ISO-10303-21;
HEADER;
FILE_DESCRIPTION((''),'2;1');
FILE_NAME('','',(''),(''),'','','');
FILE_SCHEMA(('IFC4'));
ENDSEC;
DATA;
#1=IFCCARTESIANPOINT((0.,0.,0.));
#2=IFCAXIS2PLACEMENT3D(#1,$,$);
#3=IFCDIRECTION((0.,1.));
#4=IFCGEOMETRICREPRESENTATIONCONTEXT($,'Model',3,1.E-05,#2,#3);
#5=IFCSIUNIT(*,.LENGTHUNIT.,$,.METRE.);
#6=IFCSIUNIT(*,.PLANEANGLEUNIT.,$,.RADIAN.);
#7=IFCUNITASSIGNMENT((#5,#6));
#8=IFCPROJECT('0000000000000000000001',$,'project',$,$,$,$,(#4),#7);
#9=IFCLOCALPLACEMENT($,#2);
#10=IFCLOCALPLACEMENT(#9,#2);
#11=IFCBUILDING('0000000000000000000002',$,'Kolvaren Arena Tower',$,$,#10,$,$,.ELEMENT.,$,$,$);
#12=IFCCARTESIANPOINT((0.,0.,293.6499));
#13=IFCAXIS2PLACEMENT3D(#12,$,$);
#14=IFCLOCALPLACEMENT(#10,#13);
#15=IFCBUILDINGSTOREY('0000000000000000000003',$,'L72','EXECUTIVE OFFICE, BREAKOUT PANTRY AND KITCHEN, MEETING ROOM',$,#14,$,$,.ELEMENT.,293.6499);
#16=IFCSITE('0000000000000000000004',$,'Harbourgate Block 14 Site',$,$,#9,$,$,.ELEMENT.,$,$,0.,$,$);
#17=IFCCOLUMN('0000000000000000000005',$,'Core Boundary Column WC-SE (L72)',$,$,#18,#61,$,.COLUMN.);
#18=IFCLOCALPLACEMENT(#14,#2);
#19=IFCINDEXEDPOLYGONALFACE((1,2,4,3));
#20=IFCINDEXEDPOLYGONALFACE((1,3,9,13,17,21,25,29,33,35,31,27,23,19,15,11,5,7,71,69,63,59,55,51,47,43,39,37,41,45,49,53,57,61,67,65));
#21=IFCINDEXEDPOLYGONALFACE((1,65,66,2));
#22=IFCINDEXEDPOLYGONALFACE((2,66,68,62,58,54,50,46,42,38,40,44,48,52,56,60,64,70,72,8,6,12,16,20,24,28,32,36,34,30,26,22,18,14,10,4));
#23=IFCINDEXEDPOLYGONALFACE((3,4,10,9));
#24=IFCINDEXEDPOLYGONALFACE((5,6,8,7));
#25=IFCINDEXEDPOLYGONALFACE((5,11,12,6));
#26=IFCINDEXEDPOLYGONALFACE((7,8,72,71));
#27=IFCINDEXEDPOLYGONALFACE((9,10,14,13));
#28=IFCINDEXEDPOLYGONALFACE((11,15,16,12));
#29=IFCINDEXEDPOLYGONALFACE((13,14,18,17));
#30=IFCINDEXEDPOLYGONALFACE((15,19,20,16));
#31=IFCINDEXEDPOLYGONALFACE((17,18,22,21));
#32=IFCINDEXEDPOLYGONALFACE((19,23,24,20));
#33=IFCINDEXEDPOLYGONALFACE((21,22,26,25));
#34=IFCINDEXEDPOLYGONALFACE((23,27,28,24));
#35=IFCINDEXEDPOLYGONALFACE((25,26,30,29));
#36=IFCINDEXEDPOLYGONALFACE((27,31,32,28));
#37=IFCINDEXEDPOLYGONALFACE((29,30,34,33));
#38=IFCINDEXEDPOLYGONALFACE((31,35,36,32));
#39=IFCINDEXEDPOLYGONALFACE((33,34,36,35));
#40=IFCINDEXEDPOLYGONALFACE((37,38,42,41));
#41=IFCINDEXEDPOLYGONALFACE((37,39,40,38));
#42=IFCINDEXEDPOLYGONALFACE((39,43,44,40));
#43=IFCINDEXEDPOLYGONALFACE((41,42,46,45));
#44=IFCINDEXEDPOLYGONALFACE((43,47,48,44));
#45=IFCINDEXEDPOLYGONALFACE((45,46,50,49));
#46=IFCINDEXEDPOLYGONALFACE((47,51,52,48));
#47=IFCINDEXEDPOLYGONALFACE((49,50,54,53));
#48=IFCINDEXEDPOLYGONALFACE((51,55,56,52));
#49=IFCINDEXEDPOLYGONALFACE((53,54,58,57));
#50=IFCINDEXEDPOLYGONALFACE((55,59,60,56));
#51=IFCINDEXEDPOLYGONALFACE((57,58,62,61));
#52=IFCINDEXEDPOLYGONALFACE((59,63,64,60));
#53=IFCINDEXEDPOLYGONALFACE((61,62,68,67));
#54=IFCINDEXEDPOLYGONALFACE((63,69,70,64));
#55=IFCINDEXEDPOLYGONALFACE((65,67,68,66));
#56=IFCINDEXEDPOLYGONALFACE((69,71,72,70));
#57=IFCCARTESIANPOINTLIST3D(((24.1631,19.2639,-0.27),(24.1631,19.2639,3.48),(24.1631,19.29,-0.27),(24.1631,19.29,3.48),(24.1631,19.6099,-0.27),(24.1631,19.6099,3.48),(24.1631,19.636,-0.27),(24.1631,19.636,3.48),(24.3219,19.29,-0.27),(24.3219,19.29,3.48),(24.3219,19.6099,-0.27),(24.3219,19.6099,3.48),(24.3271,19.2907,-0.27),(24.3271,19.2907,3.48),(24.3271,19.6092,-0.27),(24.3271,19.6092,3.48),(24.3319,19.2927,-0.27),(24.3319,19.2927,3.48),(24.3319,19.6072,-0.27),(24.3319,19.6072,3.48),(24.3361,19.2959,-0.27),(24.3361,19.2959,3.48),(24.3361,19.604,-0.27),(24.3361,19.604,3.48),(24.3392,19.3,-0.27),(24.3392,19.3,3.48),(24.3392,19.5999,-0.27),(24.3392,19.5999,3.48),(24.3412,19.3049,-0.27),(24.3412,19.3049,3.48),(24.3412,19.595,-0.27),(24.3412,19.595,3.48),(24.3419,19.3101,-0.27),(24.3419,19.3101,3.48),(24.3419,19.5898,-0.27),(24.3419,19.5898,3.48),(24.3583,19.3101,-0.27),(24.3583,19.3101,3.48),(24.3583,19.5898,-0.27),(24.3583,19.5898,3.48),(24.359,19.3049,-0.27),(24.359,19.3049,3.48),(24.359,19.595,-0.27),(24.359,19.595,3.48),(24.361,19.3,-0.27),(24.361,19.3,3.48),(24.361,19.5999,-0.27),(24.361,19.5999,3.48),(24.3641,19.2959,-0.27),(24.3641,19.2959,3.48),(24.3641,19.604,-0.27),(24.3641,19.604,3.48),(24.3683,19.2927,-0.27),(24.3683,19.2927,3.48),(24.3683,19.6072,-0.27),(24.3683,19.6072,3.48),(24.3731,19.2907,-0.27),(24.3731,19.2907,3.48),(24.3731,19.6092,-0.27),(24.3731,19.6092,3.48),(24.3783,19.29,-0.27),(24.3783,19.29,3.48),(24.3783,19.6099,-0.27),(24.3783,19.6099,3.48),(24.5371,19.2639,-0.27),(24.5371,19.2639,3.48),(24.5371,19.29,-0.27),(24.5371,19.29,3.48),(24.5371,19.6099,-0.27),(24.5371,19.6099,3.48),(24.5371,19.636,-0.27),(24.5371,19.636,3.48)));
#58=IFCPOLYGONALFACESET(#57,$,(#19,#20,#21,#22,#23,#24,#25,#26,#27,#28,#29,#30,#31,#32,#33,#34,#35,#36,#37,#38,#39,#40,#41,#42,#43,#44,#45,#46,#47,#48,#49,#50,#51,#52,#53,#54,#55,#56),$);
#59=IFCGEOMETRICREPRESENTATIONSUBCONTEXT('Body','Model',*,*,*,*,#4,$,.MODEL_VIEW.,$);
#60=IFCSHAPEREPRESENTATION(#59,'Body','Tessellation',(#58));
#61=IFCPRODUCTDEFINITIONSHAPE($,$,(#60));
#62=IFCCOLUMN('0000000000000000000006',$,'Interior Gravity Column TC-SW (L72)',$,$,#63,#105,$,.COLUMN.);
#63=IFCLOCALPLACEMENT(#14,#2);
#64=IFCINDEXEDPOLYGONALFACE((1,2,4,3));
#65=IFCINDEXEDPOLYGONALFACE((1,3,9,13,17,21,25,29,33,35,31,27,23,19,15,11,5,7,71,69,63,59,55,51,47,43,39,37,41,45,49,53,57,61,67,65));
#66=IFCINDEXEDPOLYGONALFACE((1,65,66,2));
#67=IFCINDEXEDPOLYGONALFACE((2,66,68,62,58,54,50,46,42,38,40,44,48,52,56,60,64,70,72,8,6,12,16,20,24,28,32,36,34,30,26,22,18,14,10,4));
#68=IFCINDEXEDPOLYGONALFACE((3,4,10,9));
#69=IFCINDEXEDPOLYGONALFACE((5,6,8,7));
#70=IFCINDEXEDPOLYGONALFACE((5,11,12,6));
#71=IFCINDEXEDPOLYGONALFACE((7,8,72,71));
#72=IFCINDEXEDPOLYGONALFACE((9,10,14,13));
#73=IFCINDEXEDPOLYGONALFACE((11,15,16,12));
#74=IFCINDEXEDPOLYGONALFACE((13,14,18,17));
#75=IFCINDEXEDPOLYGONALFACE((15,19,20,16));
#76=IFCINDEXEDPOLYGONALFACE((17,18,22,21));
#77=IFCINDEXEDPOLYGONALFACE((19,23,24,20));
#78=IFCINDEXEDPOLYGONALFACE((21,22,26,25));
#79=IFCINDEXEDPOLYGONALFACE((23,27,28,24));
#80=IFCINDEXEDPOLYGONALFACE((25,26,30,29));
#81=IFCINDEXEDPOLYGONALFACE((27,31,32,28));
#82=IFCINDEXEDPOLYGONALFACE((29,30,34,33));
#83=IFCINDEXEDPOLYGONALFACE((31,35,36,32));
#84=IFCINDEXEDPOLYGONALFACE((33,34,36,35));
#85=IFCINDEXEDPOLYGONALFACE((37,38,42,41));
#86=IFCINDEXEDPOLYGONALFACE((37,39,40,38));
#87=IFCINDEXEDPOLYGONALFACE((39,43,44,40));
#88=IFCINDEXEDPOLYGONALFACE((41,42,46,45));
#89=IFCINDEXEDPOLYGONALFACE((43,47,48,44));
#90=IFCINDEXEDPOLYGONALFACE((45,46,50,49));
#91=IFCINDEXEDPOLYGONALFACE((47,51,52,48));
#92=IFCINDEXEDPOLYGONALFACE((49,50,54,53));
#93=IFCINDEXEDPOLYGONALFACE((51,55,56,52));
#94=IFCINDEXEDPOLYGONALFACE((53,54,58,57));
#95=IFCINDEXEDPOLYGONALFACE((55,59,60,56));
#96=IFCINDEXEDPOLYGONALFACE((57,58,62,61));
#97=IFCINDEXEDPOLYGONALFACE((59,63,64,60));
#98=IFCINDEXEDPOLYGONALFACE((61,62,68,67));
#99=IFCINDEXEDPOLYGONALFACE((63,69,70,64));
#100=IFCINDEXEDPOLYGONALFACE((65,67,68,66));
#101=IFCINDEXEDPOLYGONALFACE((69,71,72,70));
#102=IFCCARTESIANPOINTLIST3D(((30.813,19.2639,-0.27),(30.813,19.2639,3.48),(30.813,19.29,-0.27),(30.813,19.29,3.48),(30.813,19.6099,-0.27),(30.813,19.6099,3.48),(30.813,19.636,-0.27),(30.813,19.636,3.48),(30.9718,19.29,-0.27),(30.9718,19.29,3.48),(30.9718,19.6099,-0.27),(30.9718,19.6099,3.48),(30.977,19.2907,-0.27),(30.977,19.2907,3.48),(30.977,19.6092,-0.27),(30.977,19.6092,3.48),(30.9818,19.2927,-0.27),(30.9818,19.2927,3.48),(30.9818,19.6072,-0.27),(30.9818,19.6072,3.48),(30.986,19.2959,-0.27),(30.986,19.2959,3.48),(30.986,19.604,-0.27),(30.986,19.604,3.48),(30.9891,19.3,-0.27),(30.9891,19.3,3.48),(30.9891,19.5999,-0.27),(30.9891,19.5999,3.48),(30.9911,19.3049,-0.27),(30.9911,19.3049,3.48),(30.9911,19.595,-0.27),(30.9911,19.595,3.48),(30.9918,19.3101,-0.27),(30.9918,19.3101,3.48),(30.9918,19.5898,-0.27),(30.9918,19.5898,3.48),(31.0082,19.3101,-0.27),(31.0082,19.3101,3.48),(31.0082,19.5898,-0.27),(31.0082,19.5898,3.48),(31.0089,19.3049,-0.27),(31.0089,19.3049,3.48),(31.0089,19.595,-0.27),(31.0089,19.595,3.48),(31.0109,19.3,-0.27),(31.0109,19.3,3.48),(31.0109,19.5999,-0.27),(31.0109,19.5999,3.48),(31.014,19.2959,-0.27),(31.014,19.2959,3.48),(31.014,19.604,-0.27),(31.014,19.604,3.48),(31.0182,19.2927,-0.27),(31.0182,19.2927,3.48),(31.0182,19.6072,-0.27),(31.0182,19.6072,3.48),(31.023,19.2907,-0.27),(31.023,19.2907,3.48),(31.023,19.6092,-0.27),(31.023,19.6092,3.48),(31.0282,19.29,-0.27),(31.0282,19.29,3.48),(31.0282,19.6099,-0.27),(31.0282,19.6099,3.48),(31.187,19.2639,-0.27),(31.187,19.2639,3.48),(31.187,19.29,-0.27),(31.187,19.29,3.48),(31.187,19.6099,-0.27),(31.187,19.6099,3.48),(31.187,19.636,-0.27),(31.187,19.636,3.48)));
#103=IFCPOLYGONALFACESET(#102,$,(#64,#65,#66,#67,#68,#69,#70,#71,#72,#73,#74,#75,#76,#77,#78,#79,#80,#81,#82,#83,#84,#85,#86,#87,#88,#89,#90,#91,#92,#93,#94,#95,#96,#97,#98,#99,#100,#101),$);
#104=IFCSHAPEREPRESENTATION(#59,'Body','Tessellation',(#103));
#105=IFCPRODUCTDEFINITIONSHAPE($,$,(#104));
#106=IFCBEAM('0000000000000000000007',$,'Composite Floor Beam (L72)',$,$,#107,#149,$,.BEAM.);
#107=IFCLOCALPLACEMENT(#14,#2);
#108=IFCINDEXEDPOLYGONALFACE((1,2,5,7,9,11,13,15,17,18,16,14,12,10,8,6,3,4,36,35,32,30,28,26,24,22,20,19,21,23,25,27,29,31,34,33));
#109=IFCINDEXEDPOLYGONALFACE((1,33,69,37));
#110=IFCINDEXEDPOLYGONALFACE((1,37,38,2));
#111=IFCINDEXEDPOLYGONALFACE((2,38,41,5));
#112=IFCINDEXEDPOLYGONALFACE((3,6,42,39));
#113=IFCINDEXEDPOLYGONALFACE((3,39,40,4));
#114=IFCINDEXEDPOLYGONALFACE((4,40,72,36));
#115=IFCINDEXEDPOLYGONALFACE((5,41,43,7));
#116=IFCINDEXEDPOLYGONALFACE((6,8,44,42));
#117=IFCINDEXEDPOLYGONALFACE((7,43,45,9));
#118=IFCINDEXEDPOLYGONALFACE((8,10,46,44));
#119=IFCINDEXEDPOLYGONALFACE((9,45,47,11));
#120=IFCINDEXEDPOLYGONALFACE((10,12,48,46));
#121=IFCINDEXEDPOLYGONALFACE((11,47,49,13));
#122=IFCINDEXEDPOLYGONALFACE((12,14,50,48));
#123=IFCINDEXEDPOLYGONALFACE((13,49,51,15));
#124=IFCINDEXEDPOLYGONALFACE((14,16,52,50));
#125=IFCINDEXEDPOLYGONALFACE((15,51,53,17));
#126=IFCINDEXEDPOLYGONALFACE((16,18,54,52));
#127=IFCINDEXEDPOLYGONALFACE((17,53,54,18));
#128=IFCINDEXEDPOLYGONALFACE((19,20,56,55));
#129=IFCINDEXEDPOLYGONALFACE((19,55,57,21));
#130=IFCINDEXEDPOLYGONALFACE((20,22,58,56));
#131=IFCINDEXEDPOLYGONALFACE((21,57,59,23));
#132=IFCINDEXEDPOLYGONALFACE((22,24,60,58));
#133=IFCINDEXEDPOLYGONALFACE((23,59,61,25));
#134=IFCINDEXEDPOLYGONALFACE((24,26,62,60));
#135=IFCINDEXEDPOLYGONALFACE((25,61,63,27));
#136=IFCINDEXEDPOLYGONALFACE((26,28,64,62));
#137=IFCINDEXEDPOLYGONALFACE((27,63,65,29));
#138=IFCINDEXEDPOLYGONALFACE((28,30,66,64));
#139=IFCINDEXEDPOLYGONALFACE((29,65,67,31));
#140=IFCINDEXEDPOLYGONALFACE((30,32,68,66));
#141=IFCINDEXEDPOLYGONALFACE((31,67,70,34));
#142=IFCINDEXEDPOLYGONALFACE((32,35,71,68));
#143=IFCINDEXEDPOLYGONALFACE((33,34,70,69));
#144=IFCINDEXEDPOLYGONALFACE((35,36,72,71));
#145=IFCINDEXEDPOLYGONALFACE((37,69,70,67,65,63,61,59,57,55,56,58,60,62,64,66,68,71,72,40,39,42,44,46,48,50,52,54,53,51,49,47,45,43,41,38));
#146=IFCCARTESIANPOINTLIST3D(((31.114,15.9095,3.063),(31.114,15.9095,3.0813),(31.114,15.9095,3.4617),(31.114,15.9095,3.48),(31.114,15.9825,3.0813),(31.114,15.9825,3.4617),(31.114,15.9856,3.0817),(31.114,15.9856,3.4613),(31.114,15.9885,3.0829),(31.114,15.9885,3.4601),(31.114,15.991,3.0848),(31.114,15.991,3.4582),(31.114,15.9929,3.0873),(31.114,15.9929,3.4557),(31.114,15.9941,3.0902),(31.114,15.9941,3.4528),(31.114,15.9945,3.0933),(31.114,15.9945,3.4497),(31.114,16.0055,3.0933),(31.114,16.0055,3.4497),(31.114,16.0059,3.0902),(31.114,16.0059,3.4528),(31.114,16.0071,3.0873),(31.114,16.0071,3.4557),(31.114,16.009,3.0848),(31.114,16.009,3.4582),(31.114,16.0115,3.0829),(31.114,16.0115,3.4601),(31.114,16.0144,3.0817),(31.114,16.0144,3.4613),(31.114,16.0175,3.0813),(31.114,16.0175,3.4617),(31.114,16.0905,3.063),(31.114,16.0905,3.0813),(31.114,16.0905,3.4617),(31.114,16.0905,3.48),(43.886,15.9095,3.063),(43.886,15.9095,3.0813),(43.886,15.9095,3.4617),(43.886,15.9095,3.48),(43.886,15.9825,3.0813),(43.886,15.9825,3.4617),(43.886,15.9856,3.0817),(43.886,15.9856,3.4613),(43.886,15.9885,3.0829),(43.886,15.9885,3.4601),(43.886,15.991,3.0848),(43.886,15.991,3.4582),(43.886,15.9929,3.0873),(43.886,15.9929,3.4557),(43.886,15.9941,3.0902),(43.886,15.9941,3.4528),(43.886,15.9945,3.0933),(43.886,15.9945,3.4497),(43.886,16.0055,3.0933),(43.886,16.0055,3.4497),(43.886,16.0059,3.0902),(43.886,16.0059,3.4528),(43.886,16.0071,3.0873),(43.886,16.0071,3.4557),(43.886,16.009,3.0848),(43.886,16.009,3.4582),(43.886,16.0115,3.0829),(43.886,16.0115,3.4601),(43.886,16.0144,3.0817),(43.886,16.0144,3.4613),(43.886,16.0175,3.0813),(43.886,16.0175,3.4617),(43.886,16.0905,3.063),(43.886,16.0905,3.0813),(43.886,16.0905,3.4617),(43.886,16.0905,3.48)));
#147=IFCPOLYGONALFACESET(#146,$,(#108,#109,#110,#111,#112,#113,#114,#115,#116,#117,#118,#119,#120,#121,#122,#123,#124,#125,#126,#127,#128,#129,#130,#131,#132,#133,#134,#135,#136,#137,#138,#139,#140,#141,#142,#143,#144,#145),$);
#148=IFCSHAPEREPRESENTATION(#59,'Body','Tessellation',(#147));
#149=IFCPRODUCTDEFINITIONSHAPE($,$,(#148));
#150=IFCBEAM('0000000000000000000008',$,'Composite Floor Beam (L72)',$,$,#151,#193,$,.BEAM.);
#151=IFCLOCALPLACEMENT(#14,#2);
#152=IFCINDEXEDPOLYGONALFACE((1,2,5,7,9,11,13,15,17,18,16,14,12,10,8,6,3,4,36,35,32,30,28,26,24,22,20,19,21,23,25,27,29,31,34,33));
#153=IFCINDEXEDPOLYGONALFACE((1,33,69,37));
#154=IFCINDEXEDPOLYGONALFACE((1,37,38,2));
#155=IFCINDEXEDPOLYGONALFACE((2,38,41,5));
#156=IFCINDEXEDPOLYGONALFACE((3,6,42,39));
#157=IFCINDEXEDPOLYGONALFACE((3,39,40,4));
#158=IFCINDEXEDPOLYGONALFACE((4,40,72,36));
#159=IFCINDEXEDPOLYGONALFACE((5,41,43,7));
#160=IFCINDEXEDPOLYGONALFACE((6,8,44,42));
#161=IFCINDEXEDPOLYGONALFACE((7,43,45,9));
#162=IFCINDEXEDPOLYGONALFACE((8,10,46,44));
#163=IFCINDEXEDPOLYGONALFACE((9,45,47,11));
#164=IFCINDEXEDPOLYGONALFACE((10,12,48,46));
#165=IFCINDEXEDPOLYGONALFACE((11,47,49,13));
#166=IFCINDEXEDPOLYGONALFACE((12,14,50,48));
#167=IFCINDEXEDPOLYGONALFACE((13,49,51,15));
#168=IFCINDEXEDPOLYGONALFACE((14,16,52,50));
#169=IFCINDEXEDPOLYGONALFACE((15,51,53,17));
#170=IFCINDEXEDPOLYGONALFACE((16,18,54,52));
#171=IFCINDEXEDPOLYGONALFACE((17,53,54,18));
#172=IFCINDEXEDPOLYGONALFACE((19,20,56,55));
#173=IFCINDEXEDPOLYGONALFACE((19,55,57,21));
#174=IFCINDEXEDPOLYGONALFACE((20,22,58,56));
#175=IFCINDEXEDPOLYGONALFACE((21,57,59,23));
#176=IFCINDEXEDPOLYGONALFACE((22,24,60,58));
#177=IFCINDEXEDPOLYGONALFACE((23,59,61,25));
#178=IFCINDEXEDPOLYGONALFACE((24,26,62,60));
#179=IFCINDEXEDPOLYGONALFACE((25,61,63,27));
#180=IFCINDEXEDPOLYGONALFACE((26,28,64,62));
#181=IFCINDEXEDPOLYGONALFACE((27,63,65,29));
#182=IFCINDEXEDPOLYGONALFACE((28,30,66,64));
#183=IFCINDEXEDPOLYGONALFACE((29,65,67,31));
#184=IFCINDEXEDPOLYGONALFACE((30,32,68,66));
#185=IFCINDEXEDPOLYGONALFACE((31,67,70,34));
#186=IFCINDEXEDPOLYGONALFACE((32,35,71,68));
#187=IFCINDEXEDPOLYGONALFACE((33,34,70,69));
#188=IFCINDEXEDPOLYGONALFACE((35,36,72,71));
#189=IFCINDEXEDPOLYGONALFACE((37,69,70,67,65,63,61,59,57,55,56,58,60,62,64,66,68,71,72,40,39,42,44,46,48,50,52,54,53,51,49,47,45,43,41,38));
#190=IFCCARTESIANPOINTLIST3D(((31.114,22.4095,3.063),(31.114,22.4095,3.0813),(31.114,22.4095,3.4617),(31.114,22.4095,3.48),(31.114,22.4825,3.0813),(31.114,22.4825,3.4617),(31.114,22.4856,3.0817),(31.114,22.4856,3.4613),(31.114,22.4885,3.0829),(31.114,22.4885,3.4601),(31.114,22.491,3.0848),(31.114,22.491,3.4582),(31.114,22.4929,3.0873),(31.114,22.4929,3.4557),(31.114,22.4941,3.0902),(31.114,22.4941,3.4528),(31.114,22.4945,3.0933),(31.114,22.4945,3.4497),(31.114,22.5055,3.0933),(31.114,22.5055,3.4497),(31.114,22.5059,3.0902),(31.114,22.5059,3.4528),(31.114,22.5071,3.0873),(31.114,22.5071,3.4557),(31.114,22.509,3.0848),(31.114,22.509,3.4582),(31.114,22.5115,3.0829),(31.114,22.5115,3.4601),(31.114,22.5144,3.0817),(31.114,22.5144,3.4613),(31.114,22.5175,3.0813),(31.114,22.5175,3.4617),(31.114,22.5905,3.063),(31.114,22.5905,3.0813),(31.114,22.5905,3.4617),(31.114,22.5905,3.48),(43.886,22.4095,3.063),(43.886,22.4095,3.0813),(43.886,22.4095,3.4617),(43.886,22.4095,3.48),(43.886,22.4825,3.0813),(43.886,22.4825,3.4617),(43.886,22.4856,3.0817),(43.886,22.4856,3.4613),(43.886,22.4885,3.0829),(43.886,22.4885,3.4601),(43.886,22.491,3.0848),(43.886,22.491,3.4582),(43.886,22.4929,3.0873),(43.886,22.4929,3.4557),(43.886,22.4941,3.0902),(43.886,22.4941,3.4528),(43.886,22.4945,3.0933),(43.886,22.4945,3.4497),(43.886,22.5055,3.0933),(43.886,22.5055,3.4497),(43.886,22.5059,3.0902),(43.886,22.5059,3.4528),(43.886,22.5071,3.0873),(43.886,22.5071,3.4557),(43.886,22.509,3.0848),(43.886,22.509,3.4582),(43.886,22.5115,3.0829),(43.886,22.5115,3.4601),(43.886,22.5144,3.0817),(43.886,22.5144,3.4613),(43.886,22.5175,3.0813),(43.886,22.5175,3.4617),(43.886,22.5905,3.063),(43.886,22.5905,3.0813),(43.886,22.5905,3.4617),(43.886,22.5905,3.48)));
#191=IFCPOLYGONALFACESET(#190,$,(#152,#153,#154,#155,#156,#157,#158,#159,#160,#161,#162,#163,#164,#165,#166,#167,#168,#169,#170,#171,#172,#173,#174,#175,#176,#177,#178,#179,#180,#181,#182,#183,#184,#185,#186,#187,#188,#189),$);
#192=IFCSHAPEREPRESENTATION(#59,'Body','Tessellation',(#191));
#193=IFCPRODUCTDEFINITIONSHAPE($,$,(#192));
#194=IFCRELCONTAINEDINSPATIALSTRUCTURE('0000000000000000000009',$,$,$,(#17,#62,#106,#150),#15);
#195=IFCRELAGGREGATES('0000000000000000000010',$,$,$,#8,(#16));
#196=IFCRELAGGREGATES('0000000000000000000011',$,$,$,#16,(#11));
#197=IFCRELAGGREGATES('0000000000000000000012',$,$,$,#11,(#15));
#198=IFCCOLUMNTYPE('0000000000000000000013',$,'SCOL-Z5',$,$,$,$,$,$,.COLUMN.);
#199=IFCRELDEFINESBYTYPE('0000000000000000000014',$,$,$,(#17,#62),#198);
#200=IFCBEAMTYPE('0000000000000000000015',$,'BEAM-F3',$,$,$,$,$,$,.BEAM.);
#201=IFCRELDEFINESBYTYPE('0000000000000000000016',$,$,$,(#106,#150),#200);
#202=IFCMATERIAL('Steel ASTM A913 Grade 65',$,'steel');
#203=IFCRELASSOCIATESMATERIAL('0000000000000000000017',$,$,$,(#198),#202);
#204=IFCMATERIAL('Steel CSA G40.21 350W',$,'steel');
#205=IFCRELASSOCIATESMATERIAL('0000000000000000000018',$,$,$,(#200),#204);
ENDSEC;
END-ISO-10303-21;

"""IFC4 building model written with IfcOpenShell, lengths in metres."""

from ifc_helpers import new_model, si_unit, direction, frame, origin, origin_2d, place, context, subcontext, project, spatial, i_section, extrude, material, material_profile, profile_set, type_object, element, save


model = new_model("IFC4")

# Units and contexts
model_context = context("Model", 3, precision=1e-05, world=origin(), true_north=direction((0.0, 1.0)))
body_context = subcontext(model_context, "Body", "Model", "MODEL_VIEW")
ifc_project = project(units=[si_unit("LENGTHUNIT", "METRE"), si_unit("PLANEANGLEUNIT", "RADIAN")], contexts=[model_context])

# Site, building, storey
site_placement = place(None, origin())
site = spatial("IfcSite", under=ifc_project, at=site_placement, Name="Harbourgate Block 14 Site", CompositionType="ELEMENT", RefElevation=0.0)
building_placement = place(site_placement, origin())
building = spatial("IfcBuilding", under=site, at=building_placement, Name="Kolvaren Arena Tower", CompositionType="ELEMENT")
storey_placement = place(building_placement, frame((0.0, 0.0, 293.6499)))
storey = spatial("IfcBuildingStorey", under=building, at=storey_placement, Name="L72", Description="EXECUTIVE OFFICE, BREAKOUT PANTRY AND KITCHEN, MEETING ROOM", CompositionType="ELEMENT", Elevation=293.6499)

# Columns
ifc_material_1 = material(Name="Steel ASTM A913 Grade 65", Category="steel")
ifc_material_profile_1 = material_profile(ifc_material_1, i_section(OverallWidth=0.374, OverallDepth=0.3721, WebThickness=0.0164, FlangeThickness=0.0261, FilletRadius=0.02, at=origin_2d()), Name="W360x196")
ifc_profile_set_1 = profile_set([ifc_material_profile_1], Name="Steel ASTM A913 Grade 65")
column_type = type_object("IfcColumnType", Name="SCOL-Z5", PredefinedType="COLUMN", material=ifc_profile_set_1)
for number, where, z_axis, x_axis, name in (
    (1, (24.3501, 19.45, -0.27), (0.0, 0.0, 1.0), (1.0, 0.0, 0.0), "Core Boundary Column WC-SE (L72)"),
    (2, (31.0, 19.45, -0.27), (0.0, 0.0, 1.0), (1.0, 0.0, 0.0), "Interior Gravity Column TC-SW (L72)"),
):
    element("IfcColumn", number, at=place(storey_placement, frame(where, z_axis=z_axis, x_axis=x_axis)), inside=storey, type_object=column_type, Name=name, PredefinedType="COLUMN", context=body_context, shape_type="SweptSolid", body=[
        extrude(i_section(OverallWidth=0.374, OverallDepth=0.3721, WebThickness=0.0164, FlangeThickness=0.0261, FilletRadius=0.02, at=origin_2d()), origin(), (0.0, 0.0, 1.0), 3.75),
    ])

# Beams
ifc_material_2 = material(Name="Steel CSA G40.21 350W", Category="steel")
ifc_material_profile_2 = material_profile(ifc_material_2, i_section(OverallWidth=0.1809, OverallDepth=0.417, WebThickness=0.011, FlangeThickness=0.0183, FilletRadius=0.012, at=origin_2d()), Name="W410x85")
ifc_profile_set_2 = profile_set([ifc_material_profile_2], Name="Steel CSA G40.21 350W")
beam_type_1 = type_object("IfcBeamType", Name="BEAM-F3", PredefinedType="BEAM", material=ifc_profile_set_2)
for number, where, z_axis, x_axis, name in (
    (3, (31.114, 16.0, 3.2715), (1.0, 0.0, 0.0), (0.0, 1.0, 0.0), "Composite Floor Beam (L72)"),
    (4, (31.114, 22.5, 3.2715), (1.0, 0.0, 0.0), (0.0, 1.0, 0.0), "Composite Floor Beam (L72)"),
):
    element("IfcBeam", number, at=place(storey_placement, frame(where, z_axis=z_axis, x_axis=x_axis)), inside=storey, type_object=beam_type_1, Name=name, PredefinedType="BEAM", context=body_context, shape_type="SweptSolid", body=[
        extrude(i_section(OverallWidth=0.1809, OverallDepth=0.417, WebThickness=0.011, FlangeThickness=0.0183, FilletRadius=0.012, at=origin_2d()), origin(), (0.0, 0.0, 1.0), 12.772),
    ])

save(model, "model.ifc")
